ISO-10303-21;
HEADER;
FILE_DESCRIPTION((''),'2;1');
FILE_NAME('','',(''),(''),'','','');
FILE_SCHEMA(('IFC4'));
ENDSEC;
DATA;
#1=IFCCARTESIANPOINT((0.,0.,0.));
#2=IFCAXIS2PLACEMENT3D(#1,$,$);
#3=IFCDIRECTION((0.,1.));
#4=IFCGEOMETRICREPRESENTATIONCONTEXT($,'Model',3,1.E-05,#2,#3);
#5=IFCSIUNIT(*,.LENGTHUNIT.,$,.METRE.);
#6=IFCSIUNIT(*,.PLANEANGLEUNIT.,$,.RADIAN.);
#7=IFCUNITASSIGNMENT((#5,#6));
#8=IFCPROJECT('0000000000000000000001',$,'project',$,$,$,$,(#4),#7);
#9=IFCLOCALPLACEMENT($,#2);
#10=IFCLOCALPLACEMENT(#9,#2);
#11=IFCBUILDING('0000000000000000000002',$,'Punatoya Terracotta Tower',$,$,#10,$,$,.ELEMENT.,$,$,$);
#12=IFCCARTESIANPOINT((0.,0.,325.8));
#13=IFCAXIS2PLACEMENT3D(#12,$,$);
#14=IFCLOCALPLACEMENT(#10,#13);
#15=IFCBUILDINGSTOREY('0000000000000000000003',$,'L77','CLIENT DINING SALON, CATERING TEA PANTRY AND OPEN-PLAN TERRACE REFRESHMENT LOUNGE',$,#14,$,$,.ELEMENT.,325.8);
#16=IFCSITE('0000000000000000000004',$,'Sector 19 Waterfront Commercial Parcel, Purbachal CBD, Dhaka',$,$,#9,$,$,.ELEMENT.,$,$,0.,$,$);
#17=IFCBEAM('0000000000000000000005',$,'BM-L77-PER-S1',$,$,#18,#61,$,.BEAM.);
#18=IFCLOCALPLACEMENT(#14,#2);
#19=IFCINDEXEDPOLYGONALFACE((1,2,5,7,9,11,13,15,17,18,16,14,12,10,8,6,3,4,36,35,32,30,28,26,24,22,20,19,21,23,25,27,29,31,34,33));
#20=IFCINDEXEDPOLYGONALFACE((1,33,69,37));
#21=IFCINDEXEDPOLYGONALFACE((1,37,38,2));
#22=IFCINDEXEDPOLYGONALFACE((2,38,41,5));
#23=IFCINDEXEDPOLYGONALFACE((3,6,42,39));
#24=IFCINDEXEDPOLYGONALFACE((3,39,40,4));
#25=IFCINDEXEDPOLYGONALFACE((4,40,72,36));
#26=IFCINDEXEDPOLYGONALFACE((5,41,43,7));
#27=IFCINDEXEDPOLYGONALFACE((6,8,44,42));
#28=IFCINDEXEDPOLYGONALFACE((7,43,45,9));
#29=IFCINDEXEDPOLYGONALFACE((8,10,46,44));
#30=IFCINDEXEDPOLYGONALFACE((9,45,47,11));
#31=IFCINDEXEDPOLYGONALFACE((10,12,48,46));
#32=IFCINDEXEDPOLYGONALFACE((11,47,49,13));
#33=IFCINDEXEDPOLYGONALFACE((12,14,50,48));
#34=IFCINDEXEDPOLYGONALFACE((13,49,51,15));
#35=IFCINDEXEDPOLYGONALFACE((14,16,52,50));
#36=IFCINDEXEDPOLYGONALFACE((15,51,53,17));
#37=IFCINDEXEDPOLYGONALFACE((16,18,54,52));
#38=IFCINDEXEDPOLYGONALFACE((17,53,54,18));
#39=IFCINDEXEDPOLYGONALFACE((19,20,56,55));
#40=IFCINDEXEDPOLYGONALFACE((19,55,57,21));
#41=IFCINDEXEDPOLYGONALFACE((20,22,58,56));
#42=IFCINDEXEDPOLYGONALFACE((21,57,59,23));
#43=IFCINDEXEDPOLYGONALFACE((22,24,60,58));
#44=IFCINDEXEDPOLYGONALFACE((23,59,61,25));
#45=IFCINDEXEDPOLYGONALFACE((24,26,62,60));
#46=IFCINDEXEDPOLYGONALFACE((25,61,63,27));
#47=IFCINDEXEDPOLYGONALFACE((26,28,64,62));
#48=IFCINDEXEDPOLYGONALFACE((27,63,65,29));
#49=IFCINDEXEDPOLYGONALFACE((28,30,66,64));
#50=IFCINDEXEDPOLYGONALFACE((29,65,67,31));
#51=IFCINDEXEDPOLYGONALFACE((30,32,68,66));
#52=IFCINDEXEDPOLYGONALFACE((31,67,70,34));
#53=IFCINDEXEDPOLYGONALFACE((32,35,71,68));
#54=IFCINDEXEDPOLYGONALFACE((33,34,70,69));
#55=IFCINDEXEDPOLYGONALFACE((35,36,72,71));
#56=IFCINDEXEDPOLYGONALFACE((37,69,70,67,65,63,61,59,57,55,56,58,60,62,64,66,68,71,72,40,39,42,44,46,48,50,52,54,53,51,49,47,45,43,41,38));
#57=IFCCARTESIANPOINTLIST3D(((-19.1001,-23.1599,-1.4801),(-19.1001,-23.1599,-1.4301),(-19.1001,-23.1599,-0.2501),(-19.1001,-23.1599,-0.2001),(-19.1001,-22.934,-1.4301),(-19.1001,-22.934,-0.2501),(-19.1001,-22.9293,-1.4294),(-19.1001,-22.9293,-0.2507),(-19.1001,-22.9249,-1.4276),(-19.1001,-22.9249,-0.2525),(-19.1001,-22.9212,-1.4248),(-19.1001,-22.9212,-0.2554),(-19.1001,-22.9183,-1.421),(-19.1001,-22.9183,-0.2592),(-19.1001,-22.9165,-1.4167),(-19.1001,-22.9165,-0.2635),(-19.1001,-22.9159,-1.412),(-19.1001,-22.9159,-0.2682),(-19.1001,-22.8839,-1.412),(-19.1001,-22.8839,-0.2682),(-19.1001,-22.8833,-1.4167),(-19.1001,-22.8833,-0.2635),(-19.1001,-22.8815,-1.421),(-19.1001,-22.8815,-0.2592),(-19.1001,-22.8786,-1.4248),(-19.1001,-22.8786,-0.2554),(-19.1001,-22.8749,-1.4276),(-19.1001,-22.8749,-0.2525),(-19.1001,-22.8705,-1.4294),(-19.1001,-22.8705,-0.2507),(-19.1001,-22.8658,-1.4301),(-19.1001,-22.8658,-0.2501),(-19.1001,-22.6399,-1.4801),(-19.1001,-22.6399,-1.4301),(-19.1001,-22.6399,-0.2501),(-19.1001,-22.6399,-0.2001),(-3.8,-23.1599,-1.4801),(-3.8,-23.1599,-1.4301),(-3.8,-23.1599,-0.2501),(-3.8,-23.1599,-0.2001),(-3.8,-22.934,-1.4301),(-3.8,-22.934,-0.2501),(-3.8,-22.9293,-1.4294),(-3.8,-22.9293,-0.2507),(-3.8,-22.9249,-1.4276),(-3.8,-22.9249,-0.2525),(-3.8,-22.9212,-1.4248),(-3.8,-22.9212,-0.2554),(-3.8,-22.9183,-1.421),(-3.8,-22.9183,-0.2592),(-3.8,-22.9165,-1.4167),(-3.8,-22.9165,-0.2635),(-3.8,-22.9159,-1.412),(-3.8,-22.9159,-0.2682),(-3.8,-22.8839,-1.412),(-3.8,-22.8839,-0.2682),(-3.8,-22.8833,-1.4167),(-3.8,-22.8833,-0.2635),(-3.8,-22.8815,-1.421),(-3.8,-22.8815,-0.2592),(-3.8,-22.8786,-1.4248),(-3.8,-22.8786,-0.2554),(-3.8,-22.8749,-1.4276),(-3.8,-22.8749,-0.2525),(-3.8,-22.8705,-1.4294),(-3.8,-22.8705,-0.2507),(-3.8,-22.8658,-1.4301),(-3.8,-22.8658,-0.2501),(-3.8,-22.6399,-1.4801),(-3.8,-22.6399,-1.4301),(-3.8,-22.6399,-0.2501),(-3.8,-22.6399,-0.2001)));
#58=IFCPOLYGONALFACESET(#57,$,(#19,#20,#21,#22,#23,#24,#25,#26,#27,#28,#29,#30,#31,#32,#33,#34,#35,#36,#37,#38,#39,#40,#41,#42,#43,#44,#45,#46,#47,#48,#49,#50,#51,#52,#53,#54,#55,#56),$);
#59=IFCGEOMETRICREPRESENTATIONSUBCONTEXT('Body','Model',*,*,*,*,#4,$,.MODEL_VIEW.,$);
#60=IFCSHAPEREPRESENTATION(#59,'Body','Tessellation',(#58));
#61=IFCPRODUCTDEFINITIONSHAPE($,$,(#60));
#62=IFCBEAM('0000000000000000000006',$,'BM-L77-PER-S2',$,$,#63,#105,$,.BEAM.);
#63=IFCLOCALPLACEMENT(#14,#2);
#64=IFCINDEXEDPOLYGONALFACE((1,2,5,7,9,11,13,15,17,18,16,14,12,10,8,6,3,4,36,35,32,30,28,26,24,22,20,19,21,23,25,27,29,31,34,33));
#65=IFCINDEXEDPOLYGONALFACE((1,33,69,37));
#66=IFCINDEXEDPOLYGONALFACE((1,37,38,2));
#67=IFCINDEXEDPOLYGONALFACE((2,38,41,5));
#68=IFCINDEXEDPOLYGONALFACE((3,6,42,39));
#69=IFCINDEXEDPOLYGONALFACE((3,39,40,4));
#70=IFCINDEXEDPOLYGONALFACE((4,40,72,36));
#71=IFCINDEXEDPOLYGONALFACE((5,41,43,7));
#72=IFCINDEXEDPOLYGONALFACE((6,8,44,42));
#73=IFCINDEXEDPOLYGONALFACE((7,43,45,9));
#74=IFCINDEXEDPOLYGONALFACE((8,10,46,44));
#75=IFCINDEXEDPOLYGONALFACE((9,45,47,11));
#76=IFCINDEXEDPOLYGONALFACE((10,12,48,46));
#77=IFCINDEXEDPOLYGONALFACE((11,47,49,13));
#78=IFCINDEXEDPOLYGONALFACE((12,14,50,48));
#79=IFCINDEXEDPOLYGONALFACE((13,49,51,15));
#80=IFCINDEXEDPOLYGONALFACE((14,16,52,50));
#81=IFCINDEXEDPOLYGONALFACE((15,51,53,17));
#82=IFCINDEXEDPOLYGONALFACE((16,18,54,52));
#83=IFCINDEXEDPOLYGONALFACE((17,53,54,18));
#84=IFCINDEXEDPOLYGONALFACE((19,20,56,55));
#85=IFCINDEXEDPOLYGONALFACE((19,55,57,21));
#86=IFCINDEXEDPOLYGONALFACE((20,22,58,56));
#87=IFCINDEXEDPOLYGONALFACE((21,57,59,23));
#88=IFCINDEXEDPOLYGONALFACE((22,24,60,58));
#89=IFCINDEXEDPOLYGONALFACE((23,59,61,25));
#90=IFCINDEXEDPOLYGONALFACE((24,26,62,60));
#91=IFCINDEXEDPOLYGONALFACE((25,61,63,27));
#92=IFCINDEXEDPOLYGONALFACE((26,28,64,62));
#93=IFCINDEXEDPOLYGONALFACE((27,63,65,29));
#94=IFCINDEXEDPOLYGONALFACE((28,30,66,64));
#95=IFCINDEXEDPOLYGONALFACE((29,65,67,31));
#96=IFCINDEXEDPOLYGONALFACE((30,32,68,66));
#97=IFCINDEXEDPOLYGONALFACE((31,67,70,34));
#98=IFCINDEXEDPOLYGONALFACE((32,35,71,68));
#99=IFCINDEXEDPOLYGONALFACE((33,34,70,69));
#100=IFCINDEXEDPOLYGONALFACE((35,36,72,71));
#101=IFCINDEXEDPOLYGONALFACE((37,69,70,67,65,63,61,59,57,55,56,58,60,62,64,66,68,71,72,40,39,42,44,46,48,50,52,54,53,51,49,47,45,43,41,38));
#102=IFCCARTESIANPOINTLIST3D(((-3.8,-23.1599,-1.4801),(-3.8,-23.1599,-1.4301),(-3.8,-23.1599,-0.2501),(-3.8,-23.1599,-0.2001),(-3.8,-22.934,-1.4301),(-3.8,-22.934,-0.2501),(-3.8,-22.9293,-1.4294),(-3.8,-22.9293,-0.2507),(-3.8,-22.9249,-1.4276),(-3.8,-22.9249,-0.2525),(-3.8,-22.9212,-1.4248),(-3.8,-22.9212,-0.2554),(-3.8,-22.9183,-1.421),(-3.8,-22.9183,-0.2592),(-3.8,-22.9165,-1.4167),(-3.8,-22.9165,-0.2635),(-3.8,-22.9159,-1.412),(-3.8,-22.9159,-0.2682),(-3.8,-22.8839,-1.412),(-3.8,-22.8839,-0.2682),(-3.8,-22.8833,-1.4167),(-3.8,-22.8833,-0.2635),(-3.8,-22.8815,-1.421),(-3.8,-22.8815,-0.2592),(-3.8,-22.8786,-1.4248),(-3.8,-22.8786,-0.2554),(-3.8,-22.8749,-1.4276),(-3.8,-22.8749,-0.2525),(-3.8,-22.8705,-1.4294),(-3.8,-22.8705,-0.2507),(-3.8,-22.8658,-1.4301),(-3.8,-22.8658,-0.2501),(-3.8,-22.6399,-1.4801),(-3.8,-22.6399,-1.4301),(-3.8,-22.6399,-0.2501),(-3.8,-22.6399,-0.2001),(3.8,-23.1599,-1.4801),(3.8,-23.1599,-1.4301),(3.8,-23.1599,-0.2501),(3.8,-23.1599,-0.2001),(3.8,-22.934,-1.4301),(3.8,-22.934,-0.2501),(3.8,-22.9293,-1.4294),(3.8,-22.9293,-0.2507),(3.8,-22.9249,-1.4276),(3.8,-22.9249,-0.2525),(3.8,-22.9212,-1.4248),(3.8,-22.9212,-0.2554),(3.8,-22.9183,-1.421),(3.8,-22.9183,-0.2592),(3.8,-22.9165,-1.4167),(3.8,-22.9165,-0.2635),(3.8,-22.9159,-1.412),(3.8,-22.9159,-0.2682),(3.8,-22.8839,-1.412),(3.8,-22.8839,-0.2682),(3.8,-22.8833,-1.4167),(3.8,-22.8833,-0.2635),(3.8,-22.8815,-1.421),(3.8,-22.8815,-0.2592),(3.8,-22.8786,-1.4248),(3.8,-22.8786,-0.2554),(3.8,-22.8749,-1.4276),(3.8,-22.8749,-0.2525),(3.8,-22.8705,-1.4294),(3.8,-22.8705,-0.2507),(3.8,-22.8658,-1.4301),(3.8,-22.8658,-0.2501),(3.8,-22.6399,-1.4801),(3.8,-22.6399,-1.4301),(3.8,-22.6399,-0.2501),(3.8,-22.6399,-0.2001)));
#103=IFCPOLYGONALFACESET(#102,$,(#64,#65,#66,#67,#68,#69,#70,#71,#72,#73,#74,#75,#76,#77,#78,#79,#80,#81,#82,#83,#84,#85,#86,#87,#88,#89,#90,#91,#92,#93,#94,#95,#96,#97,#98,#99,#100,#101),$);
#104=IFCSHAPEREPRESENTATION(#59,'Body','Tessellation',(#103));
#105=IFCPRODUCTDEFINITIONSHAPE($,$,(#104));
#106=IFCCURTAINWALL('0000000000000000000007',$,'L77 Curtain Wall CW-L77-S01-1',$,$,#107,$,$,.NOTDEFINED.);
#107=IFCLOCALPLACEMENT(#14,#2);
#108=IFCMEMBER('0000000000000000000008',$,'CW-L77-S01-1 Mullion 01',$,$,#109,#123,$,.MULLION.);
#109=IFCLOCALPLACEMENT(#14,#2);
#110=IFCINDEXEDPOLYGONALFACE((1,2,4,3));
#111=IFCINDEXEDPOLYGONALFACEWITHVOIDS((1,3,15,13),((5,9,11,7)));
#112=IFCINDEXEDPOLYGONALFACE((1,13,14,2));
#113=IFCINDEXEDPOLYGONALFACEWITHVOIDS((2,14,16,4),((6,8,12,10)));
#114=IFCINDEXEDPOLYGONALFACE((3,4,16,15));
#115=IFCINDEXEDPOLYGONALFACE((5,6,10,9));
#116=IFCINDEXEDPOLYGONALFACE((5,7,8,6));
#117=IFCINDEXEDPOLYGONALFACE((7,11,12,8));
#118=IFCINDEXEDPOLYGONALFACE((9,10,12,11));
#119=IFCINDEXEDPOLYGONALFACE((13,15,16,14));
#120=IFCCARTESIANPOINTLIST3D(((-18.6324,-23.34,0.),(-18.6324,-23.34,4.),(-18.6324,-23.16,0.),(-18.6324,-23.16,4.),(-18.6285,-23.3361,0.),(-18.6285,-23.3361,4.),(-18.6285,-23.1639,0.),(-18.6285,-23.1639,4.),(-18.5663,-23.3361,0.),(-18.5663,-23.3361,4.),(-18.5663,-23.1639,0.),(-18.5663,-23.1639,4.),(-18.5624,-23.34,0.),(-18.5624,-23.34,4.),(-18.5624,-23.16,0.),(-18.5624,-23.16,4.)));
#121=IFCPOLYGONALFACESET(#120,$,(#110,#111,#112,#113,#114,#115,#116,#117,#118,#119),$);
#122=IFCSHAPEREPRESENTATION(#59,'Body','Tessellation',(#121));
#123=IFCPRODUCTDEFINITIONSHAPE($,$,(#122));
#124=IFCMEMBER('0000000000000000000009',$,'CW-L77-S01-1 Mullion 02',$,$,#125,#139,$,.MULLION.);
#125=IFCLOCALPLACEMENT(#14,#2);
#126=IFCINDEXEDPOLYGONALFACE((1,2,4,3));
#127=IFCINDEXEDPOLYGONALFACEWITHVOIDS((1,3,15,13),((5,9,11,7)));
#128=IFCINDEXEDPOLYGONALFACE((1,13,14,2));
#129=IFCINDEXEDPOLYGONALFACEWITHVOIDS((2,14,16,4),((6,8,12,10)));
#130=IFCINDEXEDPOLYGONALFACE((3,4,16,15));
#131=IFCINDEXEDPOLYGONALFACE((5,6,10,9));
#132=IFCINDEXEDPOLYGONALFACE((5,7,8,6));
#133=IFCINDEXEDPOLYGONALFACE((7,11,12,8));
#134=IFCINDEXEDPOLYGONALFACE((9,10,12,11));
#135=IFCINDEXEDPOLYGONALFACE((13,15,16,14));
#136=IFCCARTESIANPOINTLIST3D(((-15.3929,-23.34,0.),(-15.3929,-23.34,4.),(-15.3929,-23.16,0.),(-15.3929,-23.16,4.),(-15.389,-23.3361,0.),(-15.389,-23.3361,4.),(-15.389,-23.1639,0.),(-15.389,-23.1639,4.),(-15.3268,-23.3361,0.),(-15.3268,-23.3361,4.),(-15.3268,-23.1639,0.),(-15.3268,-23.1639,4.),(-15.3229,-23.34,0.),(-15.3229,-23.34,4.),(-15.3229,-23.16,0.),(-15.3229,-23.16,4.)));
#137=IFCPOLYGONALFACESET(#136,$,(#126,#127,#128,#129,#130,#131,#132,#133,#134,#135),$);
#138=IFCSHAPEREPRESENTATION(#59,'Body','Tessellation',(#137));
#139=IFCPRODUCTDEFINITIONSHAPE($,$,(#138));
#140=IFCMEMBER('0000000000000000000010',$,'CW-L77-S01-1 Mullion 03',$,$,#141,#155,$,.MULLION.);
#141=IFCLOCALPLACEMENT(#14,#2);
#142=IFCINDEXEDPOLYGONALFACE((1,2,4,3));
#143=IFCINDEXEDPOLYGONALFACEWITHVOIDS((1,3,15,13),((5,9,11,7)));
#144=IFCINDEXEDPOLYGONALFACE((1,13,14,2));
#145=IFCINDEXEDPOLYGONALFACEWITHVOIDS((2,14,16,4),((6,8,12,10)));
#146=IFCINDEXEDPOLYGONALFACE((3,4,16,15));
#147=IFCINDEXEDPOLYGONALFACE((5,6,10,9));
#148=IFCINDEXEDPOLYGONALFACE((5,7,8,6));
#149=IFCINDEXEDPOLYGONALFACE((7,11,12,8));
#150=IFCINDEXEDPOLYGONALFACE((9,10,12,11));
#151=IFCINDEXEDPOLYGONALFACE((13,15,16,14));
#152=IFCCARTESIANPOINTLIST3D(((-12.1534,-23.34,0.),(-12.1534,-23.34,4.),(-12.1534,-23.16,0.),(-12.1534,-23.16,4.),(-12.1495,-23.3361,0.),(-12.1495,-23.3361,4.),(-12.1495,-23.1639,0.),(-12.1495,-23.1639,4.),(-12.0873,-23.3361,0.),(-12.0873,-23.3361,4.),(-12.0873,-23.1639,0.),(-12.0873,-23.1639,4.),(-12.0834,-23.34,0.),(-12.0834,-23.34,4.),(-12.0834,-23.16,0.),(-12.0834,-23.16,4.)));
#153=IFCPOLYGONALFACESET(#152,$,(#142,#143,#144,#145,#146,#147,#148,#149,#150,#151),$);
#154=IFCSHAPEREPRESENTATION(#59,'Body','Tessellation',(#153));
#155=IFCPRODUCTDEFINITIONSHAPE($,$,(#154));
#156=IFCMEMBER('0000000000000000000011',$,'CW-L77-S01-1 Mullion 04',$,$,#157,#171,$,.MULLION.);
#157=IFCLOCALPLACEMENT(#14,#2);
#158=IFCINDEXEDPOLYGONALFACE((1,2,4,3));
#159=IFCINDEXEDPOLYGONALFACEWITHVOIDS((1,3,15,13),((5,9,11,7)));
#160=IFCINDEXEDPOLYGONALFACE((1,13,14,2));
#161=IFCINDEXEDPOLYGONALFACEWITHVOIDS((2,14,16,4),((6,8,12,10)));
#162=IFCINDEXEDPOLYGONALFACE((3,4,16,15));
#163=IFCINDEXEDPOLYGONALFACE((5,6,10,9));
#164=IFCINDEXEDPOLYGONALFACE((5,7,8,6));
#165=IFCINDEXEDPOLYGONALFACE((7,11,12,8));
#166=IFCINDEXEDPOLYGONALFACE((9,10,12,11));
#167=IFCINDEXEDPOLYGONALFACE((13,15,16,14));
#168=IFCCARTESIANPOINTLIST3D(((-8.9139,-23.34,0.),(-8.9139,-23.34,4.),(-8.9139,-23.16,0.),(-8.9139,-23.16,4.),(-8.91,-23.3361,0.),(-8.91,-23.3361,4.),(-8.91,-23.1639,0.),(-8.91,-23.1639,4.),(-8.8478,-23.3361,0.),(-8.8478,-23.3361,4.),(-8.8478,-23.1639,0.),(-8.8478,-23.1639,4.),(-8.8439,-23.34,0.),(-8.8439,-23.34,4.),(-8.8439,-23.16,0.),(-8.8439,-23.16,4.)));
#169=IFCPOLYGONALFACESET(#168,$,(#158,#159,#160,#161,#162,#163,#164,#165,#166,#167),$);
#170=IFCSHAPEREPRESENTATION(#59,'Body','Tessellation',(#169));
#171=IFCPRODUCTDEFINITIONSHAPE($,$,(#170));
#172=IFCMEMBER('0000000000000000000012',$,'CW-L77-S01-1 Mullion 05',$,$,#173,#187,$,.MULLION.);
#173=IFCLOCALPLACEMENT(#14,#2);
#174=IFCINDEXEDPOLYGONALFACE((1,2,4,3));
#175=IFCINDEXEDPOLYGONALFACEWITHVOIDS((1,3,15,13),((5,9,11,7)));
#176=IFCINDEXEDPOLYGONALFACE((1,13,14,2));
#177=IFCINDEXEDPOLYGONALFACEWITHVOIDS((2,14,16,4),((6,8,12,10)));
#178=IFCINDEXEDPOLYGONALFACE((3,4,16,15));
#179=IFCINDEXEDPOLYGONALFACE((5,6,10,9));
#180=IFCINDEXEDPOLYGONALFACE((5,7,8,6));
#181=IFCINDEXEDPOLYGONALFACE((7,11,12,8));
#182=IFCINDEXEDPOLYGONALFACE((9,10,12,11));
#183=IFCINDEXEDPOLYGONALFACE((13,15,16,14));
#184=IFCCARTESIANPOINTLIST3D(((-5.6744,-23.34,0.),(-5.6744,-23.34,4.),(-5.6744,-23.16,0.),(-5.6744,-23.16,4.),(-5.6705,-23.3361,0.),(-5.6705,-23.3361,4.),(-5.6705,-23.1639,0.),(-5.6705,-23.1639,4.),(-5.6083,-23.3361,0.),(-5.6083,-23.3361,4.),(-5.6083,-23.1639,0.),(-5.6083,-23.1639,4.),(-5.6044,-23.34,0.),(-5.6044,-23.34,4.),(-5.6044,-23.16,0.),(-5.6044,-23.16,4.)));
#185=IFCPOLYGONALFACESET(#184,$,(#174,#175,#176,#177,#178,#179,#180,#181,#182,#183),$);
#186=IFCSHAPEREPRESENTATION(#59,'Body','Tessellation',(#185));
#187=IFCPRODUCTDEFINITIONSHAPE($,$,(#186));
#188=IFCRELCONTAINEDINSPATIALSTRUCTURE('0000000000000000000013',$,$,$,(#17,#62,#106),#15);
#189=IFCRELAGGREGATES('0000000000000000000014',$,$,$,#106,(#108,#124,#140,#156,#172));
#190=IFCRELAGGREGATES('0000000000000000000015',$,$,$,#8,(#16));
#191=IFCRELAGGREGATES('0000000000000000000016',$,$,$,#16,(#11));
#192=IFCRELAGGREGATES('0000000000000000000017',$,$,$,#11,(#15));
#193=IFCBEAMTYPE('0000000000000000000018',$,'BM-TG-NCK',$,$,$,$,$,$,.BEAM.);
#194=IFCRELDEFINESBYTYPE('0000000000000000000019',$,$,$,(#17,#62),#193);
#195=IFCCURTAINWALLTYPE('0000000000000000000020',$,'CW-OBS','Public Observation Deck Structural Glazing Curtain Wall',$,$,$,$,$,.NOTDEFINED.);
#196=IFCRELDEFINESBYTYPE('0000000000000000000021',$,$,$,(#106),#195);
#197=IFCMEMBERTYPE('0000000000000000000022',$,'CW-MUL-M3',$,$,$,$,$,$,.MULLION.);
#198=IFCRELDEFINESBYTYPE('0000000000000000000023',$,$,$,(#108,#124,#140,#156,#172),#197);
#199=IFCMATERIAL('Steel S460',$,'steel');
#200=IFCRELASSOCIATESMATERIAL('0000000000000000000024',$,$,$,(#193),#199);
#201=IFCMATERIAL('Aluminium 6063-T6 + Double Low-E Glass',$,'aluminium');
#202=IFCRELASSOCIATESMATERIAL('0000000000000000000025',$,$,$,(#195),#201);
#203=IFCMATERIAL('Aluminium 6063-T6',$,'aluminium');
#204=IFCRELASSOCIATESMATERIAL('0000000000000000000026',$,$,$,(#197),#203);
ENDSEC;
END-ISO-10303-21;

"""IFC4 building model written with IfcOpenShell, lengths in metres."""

from ifc_helpers import new_model, si_unit, direction, frame, origin, origin_2d, place, context, subcontext, project, spatial, hollow_rectangle, i_section, extrude, material, material_profile, profile_set, type_object, element, aggregate, save


model = new_model("IFC4")

# Units and contexts
model_context = context("Model", 3, precision=1e-05, world=origin(), true_north=direction((0.0, 1.0)))
body_context = subcontext(model_context, "Body", "Model", "MODEL_VIEW")
ifc_project = project(units=[si_unit("LENGTHUNIT", "METRE"), si_unit("PLANEANGLEUNIT", "RADIAN")], contexts=[model_context])

# Site, building, storey
site_placement = place(None, origin())
site = spatial("IfcSite", under=ifc_project, at=site_placement, Name="Sector 19 Waterfront Commercial Parcel, Purbachal CBD, Dhaka", CompositionType="ELEMENT", RefElevation=0.0)
building_placement = place(site_placement, origin())
building = spatial("IfcBuilding", under=site, at=building_placement, Name="Punatoya Terracotta Tower", CompositionType="ELEMENT")
storey_placement = place(building_placement, frame((0.0, 0.0, 325.8)))
storey = spatial("IfcBuildingStorey", under=building, at=storey_placement, Name="L77", Description="CLIENT DINING SALON, CATERING TEA PANTRY AND OPEN-PLAN TERRACE REFRESHMENT LOUNGE", CompositionType="ELEMENT", Elevation=325.8)

# Shared definitions
ifc_material_1 = material(Name="Steel S460", Category="steel")

# Beams
ifc_material_profile_1 = material_profile(ifc_material_1, i_section(OverallWidth=0.52, OverallDepth=1.28, WebThickness=0.032, FlangeThickness=0.05, FilletRadius=0.0181, at=origin_2d()))
ifc_profile_set_1 = profile_set([ifc_material_profile_1], Name="Steel S460")
beam_type_1 = type_object("IfcBeamType", Name="BM-TG-NCK", PredefinedType="BEAM", material=ifc_profile_set_1)
beam_1_placement = place(storey_placement, frame((-19.1001, -22.8999, -0.8401), z_axis=(1.0, 0.0, 0.0), x_axis=(0.0, 1.0, 0.0)))
element("IfcBeam", 1, at=beam_1_placement, inside=storey, type_object=beam_type_1, Name="BM-L77-PER-S1", PredefinedType="BEAM", context=body_context, shape_type="SweptSolid", body=[
    extrude(i_section(OverallWidth=0.52, OverallDepth=1.28, WebThickness=0.032, FlangeThickness=0.05, FilletRadius=0.0181, at=origin_2d()), origin(), (0.0, 0.0, 1.0), 15.3),
])
beam_2_placement = place(storey_placement, frame((-3.8, -22.8999, -0.8401), z_axis=(1.0, 0.0, 0.0), x_axis=(0.0, 1.0, 0.0)))
element("IfcBeam", 2, at=beam_2_placement, inside=storey, type_object=beam_type_1, Name="BM-L77-PER-S2", PredefinedType="BEAM", context=body_context, shape_type="SweptSolid", body=[
    extrude(i_section(OverallWidth=0.52, OverallDepth=1.28, WebThickness=0.032, FlangeThickness=0.05, FilletRadius=0.0181, at=origin_2d()), origin(), (0.0, 0.0, 1.0), 7.6001),
])

# Curtain wall, members
ifc_material_2 = material(Name="Aluminium 6063-T6 + Double Low-E Glass", Category="aluminium")
curtain_wall_type = type_object("IfcCurtainWallType", Name="CW-OBS", Description="Public Observation Deck Structural Glazing Curtain Wall", PredefinedType="NOTDEFINED", material=ifc_material_2)
curtain_wall_placement = place(storey_placement, origin())
curtain_wall = element("IfcCurtainWall", 3, at=curtain_wall_placement, inside=storey, type_object=curtain_wall_type, Name="L77 Curtain Wall CW-L77-S01-1", PredefinedType="NOTDEFINED")
ifc_material_3 = material(Name="Aluminium 6063-T6", Category="aluminium")
ifc_material_profile_2 = material_profile(ifc_material_3, hollow_rectangle(XDim=0.0701, YDim=0.1799, WallThickness=0.0039, at=origin_2d()))
ifc_profile_set_2 = profile_set([ifc_material_profile_2], Name="Aluminium 6063-T6")
member_type = type_object("IfcMemberType", Name="CW-MUL-M3", PredefinedType="MULLION", material=ifc_profile_set_2)
member_1_placement = place(storey_placement, frame((-18.5974, -23.25, 0.0), z_axis=(0.0, 0.0, 1.0), x_axis=(1.0, 0.0, 0.0)))
member_1 = element("IfcMember", 4, at=member_1_placement, type_object=member_type, Name="CW-L77-S01-1 Mullion 01", PredefinedType="MULLION", context=body_context, shape_type="SweptSolid", body=[
    extrude(hollow_rectangle(XDim=0.0701, YDim=0.1799, WallThickness=0.0039, at=origin_2d()), origin(), (0.0, 0.0, 1.0), 4.0),
])
member_2_placement = place(storey_placement, frame((-15.3579, -23.25, 0.0), z_axis=(0.0, 0.0, 1.0), x_axis=(1.0, 0.0, 0.0)))
member_2 = element("IfcMember", 5, at=member_2_placement, type_object=member_type, Name="CW-L77-S01-1 Mullion 02", PredefinedType="MULLION", context=body_context, shape_type="SweptSolid", body=[
    extrude(hollow_rectangle(XDim=0.0701, YDim=0.1799, WallThickness=0.0039, at=origin_2d()), origin(), (0.0, 0.0, 1.0), 4.0),
])
member_3_placement = place(storey_placement, frame((-12.1184, -23.25, 0.0), z_axis=(0.0, 0.0, 1.0), x_axis=(1.0, 0.0, 0.0)))
member_3 = element("IfcMember", 6, at=member_3_placement, type_object=member_type, Name="CW-L77-S01-1 Mullion 03", PredefinedType="MULLION", context=body_context, shape_type="SweptSolid", body=[
    extrude(hollow_rectangle(XDim=0.0701, YDim=0.1799, WallThickness=0.0039, at=origin_2d()), origin(), (0.0, 0.0, 1.0), 4.0),
])
member_4_placement = place(storey_placement, frame((-8.8789, -23.25, 0.0), z_axis=(0.0, 0.0, 1.0), x_axis=(1.0, 0.0, 0.0)))
member_4 = element("IfcMember", 7, at=member_4_placement, type_object=member_type, Name="CW-L77-S01-1 Mullion 04", PredefinedType="MULLION", context=body_context, shape_type="SweptSolid", body=[
    extrude(hollow_rectangle(XDim=0.0701, YDim=0.1799, WallThickness=0.0039, at=origin_2d()), origin(), (0.0, 0.0, 1.0), 4.0),
])
member_5_placement = place(storey_placement, frame((-5.6394, -23.25, 0.0), z_axis=(0.0, 0.0, 1.0), x_axis=(1.0, 0.0, 0.0)))
member_5 = element("IfcMember", 8, at=member_5_placement, type_object=member_type, Name="CW-L77-S01-1 Mullion 05", PredefinedType="MULLION", context=body_context, shape_type="SweptSolid", body=[
    extrude(hollow_rectangle(XDim=0.0701, YDim=0.1799, WallThickness=0.0039, at=origin_2d()), origin(), (0.0, 0.0, 1.0), 4.0),
])
aggregate(curtain_wall, [member_1, member_2, member_3, member_4, member_5])

save(model, "model.ifc")
